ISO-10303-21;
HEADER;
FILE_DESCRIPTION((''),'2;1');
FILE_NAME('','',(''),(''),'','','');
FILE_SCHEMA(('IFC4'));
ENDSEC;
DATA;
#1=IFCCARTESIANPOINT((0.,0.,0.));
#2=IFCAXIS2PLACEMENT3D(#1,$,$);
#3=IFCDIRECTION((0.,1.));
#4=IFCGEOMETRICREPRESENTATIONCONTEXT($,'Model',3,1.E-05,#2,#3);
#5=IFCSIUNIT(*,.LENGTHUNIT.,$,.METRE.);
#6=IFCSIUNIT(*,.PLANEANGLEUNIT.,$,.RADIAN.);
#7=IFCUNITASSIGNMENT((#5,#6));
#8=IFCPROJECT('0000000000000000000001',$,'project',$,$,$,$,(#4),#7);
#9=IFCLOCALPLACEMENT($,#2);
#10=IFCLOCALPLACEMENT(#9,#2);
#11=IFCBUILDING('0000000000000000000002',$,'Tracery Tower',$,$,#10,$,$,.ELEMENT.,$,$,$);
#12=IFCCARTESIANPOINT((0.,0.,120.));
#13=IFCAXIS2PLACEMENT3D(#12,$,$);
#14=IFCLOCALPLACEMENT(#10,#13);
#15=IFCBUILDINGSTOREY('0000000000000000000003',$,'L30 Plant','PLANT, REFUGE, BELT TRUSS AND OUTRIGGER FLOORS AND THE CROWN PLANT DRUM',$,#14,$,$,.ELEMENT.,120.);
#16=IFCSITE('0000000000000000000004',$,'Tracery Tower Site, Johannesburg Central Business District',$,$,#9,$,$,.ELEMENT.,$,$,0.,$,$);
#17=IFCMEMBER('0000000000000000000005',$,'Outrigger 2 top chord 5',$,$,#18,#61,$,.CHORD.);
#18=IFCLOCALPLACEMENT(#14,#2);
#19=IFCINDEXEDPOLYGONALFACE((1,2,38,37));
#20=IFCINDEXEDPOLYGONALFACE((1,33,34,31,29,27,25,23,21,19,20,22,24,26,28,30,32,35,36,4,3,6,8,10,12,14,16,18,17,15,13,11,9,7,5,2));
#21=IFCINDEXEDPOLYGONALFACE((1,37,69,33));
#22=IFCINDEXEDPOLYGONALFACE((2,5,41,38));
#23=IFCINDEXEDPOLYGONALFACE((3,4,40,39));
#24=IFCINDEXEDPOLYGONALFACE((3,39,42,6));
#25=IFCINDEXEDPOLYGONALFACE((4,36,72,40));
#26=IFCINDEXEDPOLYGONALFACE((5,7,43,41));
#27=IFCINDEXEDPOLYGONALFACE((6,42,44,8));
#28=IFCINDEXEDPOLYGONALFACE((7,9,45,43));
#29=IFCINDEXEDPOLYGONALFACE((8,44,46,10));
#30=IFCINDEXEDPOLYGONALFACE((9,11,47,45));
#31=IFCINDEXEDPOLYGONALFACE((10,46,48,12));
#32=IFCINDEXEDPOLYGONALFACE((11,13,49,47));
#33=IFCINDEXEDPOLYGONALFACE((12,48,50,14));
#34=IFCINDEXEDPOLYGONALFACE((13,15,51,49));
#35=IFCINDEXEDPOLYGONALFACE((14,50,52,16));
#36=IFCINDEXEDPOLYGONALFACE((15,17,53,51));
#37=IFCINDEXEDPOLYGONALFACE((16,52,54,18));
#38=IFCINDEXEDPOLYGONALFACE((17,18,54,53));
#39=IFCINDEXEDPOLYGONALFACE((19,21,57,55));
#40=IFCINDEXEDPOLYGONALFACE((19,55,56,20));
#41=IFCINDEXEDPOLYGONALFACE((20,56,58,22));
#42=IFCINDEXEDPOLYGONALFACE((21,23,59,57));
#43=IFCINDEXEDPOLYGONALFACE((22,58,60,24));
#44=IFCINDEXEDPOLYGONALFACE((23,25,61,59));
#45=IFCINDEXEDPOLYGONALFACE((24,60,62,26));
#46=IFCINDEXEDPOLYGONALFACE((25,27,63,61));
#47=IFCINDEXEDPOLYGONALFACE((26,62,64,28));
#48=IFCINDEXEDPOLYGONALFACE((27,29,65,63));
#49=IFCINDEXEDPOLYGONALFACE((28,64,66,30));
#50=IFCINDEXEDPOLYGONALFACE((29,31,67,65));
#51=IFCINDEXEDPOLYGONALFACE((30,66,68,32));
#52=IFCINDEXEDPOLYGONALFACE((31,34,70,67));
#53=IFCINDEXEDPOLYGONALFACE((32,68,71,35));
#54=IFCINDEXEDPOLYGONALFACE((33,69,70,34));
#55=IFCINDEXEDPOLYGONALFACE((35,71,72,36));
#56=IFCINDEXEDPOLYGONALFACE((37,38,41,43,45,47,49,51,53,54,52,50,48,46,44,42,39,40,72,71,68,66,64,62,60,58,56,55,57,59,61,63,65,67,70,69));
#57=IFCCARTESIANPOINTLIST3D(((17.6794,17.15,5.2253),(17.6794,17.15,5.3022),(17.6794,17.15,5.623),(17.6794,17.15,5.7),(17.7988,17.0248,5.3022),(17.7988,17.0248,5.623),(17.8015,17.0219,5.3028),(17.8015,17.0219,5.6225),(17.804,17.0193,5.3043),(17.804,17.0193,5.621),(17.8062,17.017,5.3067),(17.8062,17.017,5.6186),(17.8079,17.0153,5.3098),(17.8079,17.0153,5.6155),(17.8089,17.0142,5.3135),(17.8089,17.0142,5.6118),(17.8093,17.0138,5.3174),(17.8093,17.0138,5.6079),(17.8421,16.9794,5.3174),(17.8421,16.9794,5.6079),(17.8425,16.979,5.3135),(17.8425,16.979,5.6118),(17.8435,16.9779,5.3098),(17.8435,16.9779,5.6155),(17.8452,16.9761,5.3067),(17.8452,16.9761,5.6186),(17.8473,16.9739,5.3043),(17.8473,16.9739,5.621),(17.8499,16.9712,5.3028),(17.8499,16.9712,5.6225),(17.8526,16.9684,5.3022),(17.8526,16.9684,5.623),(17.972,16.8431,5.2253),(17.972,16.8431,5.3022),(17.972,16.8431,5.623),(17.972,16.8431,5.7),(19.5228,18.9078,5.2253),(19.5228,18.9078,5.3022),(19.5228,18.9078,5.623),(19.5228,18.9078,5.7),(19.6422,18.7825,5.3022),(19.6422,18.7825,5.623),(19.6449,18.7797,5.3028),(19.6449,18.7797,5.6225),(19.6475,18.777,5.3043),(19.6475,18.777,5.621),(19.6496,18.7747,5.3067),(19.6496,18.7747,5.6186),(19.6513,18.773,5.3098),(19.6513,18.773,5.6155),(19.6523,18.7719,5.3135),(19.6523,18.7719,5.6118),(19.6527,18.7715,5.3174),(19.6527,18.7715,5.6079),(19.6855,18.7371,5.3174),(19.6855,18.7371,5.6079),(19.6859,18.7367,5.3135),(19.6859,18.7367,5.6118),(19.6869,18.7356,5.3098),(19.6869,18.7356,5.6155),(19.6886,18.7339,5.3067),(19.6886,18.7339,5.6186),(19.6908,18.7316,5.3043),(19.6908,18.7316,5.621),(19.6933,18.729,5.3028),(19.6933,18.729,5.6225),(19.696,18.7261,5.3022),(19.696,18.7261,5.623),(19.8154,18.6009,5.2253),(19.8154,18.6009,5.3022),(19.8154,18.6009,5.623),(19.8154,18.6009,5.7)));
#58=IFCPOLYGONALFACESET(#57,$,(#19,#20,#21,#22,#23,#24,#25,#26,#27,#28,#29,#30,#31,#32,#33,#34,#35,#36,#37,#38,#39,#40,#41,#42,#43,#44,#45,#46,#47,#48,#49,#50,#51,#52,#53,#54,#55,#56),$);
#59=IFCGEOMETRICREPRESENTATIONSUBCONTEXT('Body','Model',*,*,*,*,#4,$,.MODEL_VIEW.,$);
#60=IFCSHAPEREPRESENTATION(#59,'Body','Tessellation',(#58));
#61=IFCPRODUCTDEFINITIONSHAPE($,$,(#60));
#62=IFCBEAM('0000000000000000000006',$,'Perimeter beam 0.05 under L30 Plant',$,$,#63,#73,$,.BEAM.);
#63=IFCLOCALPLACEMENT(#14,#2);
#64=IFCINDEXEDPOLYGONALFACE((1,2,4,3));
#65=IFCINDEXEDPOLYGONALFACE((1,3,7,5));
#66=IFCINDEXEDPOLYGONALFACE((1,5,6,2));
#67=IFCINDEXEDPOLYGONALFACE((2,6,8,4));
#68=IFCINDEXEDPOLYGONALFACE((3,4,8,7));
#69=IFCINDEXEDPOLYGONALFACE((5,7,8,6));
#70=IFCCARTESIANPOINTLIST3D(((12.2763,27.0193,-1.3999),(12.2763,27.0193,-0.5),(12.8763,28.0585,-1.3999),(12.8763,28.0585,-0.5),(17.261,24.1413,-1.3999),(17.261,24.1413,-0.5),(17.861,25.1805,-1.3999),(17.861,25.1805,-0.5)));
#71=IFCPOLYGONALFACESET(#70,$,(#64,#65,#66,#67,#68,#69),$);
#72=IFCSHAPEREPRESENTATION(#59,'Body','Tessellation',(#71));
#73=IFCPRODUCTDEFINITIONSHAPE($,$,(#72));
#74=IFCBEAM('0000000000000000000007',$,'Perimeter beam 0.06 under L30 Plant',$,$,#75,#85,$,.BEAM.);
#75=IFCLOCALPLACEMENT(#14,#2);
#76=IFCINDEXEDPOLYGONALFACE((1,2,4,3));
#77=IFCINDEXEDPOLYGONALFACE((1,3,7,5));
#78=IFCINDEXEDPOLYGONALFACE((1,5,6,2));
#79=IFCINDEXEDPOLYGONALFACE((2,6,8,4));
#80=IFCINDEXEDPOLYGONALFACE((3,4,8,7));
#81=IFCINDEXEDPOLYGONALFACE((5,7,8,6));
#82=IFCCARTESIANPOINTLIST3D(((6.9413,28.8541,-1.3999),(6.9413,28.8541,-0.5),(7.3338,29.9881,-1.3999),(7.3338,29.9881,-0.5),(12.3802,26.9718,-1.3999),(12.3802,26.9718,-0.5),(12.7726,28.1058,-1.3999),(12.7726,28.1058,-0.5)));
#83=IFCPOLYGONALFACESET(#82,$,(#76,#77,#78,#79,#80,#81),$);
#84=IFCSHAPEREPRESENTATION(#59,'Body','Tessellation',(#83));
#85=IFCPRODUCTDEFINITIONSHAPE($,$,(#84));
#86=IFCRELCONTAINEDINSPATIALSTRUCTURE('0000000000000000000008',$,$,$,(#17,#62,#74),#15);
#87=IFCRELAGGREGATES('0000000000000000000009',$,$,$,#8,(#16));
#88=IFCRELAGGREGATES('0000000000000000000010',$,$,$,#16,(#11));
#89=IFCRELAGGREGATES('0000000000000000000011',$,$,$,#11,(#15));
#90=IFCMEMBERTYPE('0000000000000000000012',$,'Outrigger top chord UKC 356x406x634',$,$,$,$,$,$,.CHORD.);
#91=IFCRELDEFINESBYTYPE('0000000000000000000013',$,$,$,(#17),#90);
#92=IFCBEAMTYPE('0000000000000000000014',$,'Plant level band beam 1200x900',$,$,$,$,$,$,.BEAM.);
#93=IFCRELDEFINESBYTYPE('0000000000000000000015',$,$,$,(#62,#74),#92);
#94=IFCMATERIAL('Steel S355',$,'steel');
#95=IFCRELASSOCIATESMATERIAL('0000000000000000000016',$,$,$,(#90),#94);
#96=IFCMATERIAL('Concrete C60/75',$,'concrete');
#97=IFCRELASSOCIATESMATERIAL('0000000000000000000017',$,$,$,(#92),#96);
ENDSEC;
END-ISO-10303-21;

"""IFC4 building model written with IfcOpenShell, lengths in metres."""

from ifc_helpers import new_model, si_unit, direction, frame, origin, origin_2d, place, context, subcontext, project, spatial, rectangle, i_section, extrude, material, material_profile, profile_set, type_object, element, save


model = new_model("IFC4")

# Units and contexts
model_context = context("Model", 3, precision=1e-05, world=origin(), true_north=direction((0.0, 1.0)))
body_context = subcontext(model_context, "Body", "Model", "MODEL_VIEW")
ifc_project = project(units=[si_unit("LENGTHUNIT", "METRE"), si_unit("PLANEANGLEUNIT", "RADIAN")], contexts=[model_context])

# Site, building, storey
site_placement = place(None, origin())
site = spatial("IfcSite", under=ifc_project, at=site_placement, Name="Tracery Tower Site, Johannesburg Central Business District", CompositionType="ELEMENT", RefElevation=0.0)
building_placement = place(site_placement, origin())
building = spatial("IfcBuilding", under=site, at=building_placement, Name="Tracery Tower", CompositionType="ELEMENT")
storey_placement = place(building_placement, frame((0.0, 0.0, 120.0)))
storey = spatial("IfcBuildingStorey", under=building, at=storey_placement, Name="L30 Plant", Description="PLANT, REFUGE, BELT TRUSS AND OUTRIGGER FLOORS AND THE CROWN PLANT DRUM", CompositionType="ELEMENT", Elevation=120.0)

# Member
ifc_material_1 = material(Name="Steel S355", Category="steel")
ifc_material_profile_1 = material_profile(ifc_material_1, i_section(OverallWidth=0.4241, OverallDepth=0.4746, WebThickness=0.0476, FlangeThickness=0.0769, FilletRadius=0.0151, at=origin_2d()), Name="UKC 356x406x634")
ifc_profile_set_1 = profile_set([ifc_material_profile_1], Name="Steel S355")
member_type_1 = type_object("IfcMemberType", Name="Outrigger top chord UKC 356x406x634", PredefinedType="CHORD", material=ifc_profile_set_1)
for number, where, z_axis, x_axis, name in (
    (1, (17.8257, 16.9966, 5.4626), (0.723728, 0.690086, 0.0), (-0.690086, 0.723728, 0.0), "Outrigger 2 top chord 5"),
):
    element("IfcMember", number, at=place(storey_placement, frame(where, z_axis=z_axis, x_axis=x_axis)), inside=storey, type_object=member_type_1, Name=name, PredefinedType="CHORD", context=body_context, shape_type="SweptSolid", body=[
        extrude(i_section(OverallWidth=0.4241, OverallDepth=0.4746, WebThickness=0.0476, FlangeThickness=0.0769, FilletRadius=0.0151, at=origin_2d()), origin(), (0.0, 0.0, 1.0), 2.5471),
    ])

# Beams
ifc_material_2 = material(Name="Concrete C60/75", Category="concrete")
ifc_material_profile_2 = material_profile(ifc_material_2, rectangle(XDim=1.2, YDim=0.8999, at=origin_2d()), Name="RC 1200x900")
ifc_profile_set_2 = profile_set([ifc_material_profile_2], Name="Concrete C60/75")
beam_type = type_object("IfcBeamType", Name="Plant level band beam 1200x900", PredefinedType="BEAM", material=ifc_profile_set_2)
beam_1_placement = place(storey_placement, frame((17.561, 24.6609, -0.95), z_axis=(-0.866021, 0.500008, 0.0), x_axis=(-0.500008, -0.866021, 0.0)))
element("IfcBeam", 2, at=beam_1_placement, inside=storey, type_object=beam_type, Name="Perimeter beam 0.05 under L30 Plant", PredefinedType="BEAM", context=body_context, shape_type="SweptSolid", body=[
    extrude(rectangle(XDim=1.2, YDim=0.8999, at=origin_2d()), origin(), (0.0, 0.0, 1.0), 5.7559),
])
beam_2_placement = place(storey_placement, frame((12.5764, 27.5388, -0.95), z_axis=(-0.945007, 0.327049, 0.0), x_axis=(-0.327049, -0.945007, 0.0)))
element("IfcBeam", 3, at=beam_2_placement, inside=storey, type_object=beam_type, Name="Perimeter beam 0.06 under L30 Plant", PredefinedType="BEAM", context=body_context, shape_type="SweptSolid", body=[
    extrude(rectangle(XDim=1.2, YDim=0.8999, at=origin_2d()), origin(), (0.0, 0.0, 1.0), 5.7554),
])

save(model, "model.ifc")
